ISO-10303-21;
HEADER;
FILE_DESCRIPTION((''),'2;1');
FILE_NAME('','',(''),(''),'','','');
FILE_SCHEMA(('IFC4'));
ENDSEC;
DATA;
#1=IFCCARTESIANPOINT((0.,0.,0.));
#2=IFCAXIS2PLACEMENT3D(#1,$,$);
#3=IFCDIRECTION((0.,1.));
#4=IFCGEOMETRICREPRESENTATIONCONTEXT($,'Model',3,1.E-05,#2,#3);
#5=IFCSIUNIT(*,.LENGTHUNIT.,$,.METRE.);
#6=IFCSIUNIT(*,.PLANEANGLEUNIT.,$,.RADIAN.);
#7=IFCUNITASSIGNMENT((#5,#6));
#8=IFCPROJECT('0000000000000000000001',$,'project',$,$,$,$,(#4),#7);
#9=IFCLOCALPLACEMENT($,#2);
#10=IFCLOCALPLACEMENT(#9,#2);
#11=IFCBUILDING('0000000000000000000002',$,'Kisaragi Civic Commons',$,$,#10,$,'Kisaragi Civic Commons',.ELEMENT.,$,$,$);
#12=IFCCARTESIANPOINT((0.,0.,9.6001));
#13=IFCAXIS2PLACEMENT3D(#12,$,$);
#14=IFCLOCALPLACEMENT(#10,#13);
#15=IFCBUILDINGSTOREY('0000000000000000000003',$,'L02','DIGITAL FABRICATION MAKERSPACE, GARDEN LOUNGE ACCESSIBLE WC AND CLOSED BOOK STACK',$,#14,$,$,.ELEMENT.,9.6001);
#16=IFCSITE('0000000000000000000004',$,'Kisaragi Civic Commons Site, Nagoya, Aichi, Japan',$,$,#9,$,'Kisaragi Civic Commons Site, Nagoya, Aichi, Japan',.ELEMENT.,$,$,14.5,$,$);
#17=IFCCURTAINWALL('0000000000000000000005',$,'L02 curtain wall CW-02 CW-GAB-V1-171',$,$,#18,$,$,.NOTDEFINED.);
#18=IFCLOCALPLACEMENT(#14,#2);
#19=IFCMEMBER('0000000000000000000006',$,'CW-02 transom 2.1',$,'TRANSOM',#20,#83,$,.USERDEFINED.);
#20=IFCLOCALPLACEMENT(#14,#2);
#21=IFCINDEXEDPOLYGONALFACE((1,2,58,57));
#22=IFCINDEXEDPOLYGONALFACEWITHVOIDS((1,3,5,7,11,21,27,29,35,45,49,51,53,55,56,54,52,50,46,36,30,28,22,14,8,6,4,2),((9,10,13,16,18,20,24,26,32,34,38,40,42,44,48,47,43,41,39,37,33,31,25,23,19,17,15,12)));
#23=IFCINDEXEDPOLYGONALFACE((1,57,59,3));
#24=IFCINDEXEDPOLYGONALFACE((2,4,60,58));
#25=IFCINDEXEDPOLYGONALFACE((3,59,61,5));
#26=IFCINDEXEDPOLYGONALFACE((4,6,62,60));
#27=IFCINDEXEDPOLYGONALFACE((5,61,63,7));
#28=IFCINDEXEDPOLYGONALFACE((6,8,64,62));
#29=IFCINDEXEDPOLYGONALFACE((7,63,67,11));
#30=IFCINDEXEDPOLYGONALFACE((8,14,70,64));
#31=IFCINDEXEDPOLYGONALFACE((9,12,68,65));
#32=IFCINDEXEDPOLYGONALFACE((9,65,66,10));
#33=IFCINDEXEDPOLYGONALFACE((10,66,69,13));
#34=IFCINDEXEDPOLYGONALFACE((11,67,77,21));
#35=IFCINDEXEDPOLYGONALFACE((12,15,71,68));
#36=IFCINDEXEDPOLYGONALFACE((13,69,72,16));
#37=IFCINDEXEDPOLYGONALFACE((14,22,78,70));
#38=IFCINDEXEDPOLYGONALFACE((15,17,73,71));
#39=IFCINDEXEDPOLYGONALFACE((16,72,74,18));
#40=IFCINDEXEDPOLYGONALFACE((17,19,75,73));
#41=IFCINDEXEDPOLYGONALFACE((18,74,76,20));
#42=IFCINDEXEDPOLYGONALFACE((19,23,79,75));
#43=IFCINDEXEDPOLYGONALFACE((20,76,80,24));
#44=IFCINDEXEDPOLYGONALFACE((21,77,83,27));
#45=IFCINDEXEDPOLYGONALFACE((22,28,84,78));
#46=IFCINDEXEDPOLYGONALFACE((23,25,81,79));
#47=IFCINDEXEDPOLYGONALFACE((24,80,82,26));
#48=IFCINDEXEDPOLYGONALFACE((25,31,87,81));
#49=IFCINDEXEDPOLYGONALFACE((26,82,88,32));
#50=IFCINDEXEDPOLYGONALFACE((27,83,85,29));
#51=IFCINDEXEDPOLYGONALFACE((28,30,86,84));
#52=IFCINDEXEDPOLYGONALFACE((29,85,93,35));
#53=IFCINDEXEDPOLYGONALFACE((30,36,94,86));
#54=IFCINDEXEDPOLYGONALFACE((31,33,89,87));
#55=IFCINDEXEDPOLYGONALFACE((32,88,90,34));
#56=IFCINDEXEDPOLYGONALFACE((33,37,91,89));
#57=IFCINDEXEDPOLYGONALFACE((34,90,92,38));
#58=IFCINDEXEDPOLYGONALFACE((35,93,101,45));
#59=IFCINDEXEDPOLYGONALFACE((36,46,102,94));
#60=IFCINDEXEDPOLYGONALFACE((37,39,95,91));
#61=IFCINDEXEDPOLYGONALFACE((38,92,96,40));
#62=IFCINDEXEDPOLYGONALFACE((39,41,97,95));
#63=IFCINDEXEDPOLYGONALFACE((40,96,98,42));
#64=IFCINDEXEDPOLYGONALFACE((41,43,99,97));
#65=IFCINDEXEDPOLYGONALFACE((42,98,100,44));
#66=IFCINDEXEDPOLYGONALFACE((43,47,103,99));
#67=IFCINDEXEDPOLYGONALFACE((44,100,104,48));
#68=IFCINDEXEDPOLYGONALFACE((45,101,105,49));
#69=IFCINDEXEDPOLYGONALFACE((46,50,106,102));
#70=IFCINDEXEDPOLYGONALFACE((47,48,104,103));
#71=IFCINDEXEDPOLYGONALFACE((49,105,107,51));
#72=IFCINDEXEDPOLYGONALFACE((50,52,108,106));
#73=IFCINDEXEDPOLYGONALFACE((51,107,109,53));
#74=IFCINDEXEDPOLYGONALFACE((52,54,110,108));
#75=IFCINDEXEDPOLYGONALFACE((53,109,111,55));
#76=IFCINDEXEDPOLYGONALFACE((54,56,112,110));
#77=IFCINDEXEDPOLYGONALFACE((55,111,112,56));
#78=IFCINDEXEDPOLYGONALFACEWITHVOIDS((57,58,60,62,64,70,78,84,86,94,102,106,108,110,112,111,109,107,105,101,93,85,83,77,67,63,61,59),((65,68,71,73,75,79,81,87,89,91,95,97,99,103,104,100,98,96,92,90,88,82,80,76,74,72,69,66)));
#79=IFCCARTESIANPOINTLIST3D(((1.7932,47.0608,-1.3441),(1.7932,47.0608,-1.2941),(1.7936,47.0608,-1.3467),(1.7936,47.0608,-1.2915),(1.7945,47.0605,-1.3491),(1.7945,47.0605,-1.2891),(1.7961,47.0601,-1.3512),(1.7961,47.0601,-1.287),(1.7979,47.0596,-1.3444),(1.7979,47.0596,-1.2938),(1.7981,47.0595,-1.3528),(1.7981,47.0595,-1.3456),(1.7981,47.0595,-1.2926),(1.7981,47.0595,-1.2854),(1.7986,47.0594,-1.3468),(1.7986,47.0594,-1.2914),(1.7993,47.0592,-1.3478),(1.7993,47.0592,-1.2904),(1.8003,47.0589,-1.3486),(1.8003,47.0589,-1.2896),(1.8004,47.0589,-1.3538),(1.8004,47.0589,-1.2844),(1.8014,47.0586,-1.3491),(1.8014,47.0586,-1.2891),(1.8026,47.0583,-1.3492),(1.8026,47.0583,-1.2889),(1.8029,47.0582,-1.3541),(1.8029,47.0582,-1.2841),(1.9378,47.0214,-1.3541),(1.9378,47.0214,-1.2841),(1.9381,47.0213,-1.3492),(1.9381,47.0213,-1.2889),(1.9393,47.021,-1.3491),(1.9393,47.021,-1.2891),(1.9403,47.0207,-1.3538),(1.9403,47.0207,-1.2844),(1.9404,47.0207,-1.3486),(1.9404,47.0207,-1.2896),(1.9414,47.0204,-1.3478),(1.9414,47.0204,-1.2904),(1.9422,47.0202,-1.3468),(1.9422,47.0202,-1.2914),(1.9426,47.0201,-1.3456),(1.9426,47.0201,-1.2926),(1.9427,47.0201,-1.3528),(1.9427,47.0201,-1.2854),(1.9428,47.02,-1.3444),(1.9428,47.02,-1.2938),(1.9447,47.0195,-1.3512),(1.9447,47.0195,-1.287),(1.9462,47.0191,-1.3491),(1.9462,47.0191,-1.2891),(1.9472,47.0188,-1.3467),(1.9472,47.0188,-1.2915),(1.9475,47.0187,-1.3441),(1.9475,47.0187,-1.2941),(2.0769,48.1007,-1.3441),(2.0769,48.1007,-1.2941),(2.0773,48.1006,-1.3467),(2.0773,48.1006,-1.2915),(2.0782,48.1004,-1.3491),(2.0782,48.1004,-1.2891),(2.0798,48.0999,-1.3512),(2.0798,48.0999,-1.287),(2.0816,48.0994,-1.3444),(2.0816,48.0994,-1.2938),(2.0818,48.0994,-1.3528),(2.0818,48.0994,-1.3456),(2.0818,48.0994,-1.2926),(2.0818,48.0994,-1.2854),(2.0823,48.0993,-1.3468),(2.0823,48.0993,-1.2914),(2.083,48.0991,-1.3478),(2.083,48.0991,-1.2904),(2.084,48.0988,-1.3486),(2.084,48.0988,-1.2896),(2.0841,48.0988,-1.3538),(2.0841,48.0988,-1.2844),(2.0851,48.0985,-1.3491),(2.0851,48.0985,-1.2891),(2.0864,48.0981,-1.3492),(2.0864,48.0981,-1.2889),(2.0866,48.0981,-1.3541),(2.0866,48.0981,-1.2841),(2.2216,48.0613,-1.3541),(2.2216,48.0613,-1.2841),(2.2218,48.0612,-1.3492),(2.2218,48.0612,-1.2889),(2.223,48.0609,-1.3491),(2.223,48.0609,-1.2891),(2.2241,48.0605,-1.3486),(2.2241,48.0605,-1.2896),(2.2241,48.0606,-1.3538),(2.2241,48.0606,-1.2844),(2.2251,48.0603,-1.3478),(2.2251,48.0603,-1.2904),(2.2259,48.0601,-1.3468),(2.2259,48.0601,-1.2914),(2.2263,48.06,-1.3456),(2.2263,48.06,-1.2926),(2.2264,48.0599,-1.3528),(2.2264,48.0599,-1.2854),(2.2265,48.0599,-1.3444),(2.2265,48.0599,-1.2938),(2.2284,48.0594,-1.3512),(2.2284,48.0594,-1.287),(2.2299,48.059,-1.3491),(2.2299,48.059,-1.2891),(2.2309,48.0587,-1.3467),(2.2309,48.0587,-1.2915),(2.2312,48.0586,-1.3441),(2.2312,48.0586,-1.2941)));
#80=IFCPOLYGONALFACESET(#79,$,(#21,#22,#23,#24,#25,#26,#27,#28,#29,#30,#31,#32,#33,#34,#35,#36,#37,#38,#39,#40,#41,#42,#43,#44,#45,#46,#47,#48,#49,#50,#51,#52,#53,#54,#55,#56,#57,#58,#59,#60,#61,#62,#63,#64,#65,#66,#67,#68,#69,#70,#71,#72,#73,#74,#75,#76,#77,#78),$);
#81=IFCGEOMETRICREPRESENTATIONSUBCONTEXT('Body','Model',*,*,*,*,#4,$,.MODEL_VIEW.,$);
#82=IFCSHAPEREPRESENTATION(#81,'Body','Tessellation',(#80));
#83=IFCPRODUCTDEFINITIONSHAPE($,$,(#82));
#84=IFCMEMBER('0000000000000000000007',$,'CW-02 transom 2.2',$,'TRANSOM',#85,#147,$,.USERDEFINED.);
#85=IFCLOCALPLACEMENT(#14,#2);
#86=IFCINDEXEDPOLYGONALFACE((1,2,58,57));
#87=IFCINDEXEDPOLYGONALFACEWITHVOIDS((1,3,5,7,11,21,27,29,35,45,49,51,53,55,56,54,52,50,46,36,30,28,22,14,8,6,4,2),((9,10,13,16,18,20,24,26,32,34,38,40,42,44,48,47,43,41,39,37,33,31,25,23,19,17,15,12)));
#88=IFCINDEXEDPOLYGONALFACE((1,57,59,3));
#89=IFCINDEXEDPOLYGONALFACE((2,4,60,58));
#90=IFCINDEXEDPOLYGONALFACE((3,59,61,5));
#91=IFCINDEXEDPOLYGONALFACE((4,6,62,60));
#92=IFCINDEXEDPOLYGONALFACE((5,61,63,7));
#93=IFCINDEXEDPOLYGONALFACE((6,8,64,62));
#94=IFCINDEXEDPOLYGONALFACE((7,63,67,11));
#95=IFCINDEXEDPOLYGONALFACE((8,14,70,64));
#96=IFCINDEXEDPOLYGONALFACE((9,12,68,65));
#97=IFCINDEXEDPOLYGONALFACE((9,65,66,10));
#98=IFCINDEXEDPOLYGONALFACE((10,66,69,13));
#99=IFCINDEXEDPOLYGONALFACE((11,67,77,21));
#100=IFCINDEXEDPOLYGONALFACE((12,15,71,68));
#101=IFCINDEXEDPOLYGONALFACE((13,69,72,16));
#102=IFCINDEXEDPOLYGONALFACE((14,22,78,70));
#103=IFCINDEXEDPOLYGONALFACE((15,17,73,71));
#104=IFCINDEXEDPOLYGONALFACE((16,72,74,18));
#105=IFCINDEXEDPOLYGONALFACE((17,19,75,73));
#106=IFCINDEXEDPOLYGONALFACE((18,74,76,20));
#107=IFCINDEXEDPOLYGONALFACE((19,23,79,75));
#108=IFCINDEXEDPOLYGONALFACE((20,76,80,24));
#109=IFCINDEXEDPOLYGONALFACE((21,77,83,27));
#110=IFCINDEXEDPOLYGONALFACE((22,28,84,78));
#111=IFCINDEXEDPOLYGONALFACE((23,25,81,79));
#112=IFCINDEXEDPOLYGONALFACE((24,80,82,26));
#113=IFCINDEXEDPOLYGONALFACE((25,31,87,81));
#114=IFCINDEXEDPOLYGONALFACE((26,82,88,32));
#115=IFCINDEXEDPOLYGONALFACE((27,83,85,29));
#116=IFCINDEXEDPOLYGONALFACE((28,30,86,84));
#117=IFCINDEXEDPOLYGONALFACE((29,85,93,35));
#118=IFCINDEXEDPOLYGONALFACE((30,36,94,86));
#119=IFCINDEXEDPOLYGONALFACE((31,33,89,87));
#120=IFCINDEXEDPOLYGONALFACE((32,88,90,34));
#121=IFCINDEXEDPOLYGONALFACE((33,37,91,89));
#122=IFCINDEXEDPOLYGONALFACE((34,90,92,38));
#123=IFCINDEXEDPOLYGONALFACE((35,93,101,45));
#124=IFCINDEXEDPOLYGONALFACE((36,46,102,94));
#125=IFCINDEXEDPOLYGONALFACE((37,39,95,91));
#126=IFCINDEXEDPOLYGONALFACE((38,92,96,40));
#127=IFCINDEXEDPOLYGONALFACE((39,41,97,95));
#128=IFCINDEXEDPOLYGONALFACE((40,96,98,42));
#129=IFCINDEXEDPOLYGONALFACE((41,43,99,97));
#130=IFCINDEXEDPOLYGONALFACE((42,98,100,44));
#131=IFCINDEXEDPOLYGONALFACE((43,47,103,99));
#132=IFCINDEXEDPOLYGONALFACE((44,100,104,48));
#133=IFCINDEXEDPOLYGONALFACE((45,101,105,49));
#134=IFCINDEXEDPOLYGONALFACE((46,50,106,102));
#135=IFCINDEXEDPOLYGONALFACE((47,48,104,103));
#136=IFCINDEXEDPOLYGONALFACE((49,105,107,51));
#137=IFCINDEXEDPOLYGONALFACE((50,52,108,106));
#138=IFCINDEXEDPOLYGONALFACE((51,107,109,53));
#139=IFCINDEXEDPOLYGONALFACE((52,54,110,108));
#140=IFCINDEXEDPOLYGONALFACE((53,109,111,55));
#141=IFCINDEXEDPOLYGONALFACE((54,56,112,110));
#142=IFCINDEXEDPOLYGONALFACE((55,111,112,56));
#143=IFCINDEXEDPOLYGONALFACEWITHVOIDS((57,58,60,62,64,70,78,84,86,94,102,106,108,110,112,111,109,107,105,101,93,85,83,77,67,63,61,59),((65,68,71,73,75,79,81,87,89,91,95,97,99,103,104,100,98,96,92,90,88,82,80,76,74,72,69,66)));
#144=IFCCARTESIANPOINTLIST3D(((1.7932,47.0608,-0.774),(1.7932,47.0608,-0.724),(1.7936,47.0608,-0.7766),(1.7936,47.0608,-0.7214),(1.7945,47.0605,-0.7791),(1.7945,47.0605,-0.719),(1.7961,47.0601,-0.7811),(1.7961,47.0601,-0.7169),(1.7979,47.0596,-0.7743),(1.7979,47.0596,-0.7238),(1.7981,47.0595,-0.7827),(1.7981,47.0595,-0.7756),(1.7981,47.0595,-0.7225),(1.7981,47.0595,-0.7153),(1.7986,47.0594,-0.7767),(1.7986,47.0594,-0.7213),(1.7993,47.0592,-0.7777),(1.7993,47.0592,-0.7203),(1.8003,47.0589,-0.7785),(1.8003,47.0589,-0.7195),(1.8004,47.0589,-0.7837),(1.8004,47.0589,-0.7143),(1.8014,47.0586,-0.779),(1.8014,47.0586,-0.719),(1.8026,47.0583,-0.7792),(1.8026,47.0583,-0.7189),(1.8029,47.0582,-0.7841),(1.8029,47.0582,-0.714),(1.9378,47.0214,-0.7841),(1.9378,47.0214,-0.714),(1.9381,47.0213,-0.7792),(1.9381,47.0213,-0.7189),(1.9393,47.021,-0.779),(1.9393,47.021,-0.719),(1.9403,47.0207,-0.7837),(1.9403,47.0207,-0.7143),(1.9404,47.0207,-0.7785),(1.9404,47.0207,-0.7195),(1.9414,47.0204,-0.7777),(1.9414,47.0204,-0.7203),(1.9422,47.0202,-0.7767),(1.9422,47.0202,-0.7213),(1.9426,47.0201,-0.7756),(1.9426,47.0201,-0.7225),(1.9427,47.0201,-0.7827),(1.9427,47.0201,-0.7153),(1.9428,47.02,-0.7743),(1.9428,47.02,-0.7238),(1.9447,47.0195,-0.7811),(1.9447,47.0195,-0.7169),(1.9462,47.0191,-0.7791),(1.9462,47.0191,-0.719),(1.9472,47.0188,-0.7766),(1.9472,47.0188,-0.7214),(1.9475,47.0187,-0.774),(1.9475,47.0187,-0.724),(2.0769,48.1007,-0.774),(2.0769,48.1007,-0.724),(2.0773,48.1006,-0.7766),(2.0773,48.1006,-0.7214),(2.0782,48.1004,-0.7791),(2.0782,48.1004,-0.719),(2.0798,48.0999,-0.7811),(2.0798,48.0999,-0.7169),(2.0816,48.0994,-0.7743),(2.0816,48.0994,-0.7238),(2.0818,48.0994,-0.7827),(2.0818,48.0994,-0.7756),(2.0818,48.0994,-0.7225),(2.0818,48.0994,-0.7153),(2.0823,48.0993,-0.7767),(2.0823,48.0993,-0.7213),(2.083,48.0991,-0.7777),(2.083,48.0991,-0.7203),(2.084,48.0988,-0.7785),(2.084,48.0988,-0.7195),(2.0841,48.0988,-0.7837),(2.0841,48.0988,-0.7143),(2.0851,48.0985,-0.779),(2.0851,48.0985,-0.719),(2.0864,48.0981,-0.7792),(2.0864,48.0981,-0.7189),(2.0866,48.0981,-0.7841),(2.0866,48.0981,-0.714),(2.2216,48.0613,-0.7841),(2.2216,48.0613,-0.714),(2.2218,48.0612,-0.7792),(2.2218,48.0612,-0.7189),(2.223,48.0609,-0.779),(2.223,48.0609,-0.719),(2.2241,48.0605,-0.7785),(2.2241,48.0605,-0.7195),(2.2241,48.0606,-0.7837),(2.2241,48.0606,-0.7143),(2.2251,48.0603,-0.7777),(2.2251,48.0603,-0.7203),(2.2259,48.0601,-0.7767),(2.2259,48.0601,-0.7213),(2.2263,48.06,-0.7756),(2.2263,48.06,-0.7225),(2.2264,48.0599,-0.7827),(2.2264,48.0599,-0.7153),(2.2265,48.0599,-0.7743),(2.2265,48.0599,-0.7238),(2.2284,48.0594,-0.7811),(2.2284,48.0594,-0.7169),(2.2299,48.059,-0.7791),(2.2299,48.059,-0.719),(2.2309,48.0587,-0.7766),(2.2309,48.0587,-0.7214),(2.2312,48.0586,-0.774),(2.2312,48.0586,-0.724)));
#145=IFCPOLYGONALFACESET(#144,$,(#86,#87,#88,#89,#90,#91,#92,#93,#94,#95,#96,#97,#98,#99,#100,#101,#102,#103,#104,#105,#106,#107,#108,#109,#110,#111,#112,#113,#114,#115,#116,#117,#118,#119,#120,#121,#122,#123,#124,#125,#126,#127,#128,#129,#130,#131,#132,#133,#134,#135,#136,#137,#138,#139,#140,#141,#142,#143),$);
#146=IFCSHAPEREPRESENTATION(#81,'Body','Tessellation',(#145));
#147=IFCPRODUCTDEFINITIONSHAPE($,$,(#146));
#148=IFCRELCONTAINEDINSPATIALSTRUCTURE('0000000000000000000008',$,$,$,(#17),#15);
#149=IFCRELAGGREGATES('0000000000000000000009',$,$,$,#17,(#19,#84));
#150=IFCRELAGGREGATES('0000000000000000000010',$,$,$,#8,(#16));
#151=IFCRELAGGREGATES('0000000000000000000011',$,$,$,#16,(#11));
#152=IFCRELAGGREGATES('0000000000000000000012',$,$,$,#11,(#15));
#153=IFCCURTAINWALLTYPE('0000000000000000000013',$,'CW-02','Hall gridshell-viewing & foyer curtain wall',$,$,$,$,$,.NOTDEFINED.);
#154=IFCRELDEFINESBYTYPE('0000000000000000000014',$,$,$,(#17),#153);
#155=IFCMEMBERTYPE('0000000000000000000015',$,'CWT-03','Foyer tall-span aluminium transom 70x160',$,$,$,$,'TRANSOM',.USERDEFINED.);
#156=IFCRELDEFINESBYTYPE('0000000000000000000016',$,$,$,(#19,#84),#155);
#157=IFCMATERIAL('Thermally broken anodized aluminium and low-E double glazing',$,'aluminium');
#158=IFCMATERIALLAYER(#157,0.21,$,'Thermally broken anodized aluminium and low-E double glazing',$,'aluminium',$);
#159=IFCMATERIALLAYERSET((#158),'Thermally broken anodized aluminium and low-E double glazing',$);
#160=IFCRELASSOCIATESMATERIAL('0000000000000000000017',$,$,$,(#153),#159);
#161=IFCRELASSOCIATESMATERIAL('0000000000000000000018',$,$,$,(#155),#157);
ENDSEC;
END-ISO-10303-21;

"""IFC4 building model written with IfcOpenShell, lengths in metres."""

from ifc_helpers import new_model, si_unit, direction, frame, origin, origin_2d, place, context, subcontext, project, spatial, hollow_rectangle, extrude, material, layer, layer_set, material_profile, profile_set, type_object, element, aggregate, save


model = new_model("IFC4")

# Units and contexts
model_context = context("Model", 3, precision=1e-05, world=origin(), true_north=direction((0.0, 1.0)))
body_context = subcontext(model_context, "Body", "Model", "MODEL_VIEW")
ifc_project = project(units=[si_unit("LENGTHUNIT", "METRE"), si_unit("PLANEANGLEUNIT", "RADIAN")], contexts=[model_context])

# Site, building, storey
site_placement = place(None, origin())
site = spatial("IfcSite", under=ifc_project, at=site_placement, Name="Kisaragi Civic Commons Site, Nagoya, Aichi, Japan", LongName="Kisaragi Civic Commons Site, Nagoya, Aichi, Japan", CompositionType="ELEMENT", RefElevation=14.5)
building_placement = place(site_placement, origin())
building = spatial("IfcBuilding", under=site, at=building_placement, Name="Kisaragi Civic Commons", LongName="Kisaragi Civic Commons", CompositionType="ELEMENT")
storey_placement = place(building_placement, frame((0.0, 0.0, 9.6001)))
storey = spatial("IfcBuildingStorey", under=building, at=storey_placement, Name="L02", Description="DIGITAL FABRICATION MAKERSPACE, GARDEN LOUNGE ACCESSIBLE WC AND CLOSED BOOK STACK", CompositionType="ELEMENT", Elevation=9.6001)

# Curtain wall
ifc_material_1 = material(Name="Thermally broken anodized aluminium and low-E double glazing", Category="aluminium")
ifc_layer_1 = layer(ifc_material_1, 0.21, Name="Thermally broken anodized aluminium and low-E double glazing", Category="aluminium")
ifc_layer_set_1 = layer_set([ifc_layer_1], Name="Thermally broken anodized aluminium and low-E double glazing")
curtain_wall_type = type_object("IfcCurtainWallType", Name="CW-02", Description="Hall gridshell-viewing & foyer curtain wall", PredefinedType="NOTDEFINED", material=ifc_layer_set_1)
curtain_wall_1_placement = place(storey_placement, origin())
curtain_wall_1 = element("IfcCurtainWall", 1, at=curtain_wall_1_placement, inside=storey, type_object=curtain_wall_type, Name="L02 curtain wall CW-02 CW-GAB-V1-171", PredefinedType="NOTDEFINED")

# Members
ifc_material_profile_1 = material_profile(ifc_material_1, hollow_rectangle(XDim=0.1599, YDim=0.0701, WallThickness=0.0049, InnerFilletRadius=0.0049, OuterFilletRadius=0.01, at=origin_2d()), Name="CWT-70x160x5", Category="aluminium")
ifc_profile_set_1 = profile_set([ifc_material_profile_1], Name="Thermally broken anodized aluminium and low-E double glazing")
member_type_1 = type_object("IfcMemberType", Name="CWT-03", Description="Foyer tall-span aluminium transom 70x160", ElementType="TRANSOM", PredefinedType="USERDEFINED", material=ifc_profile_set_1)
member_1_placement = place(storey_placement, frame((1.8704, 47.0398, -1.3191), z_axis=(0.263213, 0.964738, 0.0), x_axis=(-0.964738, 0.263213, 0.0)))
member_1 = element("IfcMember", 2, at=member_1_placement, type_object=member_type_1, Name="CW-02 transom 2.1", ObjectType="TRANSOM", PredefinedType="USERDEFINED", context=body_context, shape_type="SweptSolid", body=[
    extrude(hollow_rectangle(XDim=0.1599, YDim=0.0701, WallThickness=0.0049, InnerFilletRadius=0.0049, OuterFilletRadius=0.01, at=origin_2d()), origin(), (0.0, 0.0, 1.0), 1.0779),
])
member_2_placement = place(storey_placement, frame((1.8704, 47.0398, -0.749), z_axis=(0.263213, 0.964738, 0.0), x_axis=(-0.964738, 0.263213, 0.0)))
member_2 = element("IfcMember", 3, at=member_2_placement, type_object=member_type_1, Name="CW-02 transom 2.2", ObjectType="TRANSOM", PredefinedType="USERDEFINED", context=body_context, shape_type="SweptSolid", body=[
    extrude(hollow_rectangle(XDim=0.1599, YDim=0.0701, WallThickness=0.0049, InnerFilletRadius=0.0049, OuterFilletRadius=0.01, at=origin_2d()), origin(), (0.0, 0.0, 1.0), 1.0779),
])

aggregate(curtain_wall_1, [member_1, member_2])

save(model, "model.ifc")
